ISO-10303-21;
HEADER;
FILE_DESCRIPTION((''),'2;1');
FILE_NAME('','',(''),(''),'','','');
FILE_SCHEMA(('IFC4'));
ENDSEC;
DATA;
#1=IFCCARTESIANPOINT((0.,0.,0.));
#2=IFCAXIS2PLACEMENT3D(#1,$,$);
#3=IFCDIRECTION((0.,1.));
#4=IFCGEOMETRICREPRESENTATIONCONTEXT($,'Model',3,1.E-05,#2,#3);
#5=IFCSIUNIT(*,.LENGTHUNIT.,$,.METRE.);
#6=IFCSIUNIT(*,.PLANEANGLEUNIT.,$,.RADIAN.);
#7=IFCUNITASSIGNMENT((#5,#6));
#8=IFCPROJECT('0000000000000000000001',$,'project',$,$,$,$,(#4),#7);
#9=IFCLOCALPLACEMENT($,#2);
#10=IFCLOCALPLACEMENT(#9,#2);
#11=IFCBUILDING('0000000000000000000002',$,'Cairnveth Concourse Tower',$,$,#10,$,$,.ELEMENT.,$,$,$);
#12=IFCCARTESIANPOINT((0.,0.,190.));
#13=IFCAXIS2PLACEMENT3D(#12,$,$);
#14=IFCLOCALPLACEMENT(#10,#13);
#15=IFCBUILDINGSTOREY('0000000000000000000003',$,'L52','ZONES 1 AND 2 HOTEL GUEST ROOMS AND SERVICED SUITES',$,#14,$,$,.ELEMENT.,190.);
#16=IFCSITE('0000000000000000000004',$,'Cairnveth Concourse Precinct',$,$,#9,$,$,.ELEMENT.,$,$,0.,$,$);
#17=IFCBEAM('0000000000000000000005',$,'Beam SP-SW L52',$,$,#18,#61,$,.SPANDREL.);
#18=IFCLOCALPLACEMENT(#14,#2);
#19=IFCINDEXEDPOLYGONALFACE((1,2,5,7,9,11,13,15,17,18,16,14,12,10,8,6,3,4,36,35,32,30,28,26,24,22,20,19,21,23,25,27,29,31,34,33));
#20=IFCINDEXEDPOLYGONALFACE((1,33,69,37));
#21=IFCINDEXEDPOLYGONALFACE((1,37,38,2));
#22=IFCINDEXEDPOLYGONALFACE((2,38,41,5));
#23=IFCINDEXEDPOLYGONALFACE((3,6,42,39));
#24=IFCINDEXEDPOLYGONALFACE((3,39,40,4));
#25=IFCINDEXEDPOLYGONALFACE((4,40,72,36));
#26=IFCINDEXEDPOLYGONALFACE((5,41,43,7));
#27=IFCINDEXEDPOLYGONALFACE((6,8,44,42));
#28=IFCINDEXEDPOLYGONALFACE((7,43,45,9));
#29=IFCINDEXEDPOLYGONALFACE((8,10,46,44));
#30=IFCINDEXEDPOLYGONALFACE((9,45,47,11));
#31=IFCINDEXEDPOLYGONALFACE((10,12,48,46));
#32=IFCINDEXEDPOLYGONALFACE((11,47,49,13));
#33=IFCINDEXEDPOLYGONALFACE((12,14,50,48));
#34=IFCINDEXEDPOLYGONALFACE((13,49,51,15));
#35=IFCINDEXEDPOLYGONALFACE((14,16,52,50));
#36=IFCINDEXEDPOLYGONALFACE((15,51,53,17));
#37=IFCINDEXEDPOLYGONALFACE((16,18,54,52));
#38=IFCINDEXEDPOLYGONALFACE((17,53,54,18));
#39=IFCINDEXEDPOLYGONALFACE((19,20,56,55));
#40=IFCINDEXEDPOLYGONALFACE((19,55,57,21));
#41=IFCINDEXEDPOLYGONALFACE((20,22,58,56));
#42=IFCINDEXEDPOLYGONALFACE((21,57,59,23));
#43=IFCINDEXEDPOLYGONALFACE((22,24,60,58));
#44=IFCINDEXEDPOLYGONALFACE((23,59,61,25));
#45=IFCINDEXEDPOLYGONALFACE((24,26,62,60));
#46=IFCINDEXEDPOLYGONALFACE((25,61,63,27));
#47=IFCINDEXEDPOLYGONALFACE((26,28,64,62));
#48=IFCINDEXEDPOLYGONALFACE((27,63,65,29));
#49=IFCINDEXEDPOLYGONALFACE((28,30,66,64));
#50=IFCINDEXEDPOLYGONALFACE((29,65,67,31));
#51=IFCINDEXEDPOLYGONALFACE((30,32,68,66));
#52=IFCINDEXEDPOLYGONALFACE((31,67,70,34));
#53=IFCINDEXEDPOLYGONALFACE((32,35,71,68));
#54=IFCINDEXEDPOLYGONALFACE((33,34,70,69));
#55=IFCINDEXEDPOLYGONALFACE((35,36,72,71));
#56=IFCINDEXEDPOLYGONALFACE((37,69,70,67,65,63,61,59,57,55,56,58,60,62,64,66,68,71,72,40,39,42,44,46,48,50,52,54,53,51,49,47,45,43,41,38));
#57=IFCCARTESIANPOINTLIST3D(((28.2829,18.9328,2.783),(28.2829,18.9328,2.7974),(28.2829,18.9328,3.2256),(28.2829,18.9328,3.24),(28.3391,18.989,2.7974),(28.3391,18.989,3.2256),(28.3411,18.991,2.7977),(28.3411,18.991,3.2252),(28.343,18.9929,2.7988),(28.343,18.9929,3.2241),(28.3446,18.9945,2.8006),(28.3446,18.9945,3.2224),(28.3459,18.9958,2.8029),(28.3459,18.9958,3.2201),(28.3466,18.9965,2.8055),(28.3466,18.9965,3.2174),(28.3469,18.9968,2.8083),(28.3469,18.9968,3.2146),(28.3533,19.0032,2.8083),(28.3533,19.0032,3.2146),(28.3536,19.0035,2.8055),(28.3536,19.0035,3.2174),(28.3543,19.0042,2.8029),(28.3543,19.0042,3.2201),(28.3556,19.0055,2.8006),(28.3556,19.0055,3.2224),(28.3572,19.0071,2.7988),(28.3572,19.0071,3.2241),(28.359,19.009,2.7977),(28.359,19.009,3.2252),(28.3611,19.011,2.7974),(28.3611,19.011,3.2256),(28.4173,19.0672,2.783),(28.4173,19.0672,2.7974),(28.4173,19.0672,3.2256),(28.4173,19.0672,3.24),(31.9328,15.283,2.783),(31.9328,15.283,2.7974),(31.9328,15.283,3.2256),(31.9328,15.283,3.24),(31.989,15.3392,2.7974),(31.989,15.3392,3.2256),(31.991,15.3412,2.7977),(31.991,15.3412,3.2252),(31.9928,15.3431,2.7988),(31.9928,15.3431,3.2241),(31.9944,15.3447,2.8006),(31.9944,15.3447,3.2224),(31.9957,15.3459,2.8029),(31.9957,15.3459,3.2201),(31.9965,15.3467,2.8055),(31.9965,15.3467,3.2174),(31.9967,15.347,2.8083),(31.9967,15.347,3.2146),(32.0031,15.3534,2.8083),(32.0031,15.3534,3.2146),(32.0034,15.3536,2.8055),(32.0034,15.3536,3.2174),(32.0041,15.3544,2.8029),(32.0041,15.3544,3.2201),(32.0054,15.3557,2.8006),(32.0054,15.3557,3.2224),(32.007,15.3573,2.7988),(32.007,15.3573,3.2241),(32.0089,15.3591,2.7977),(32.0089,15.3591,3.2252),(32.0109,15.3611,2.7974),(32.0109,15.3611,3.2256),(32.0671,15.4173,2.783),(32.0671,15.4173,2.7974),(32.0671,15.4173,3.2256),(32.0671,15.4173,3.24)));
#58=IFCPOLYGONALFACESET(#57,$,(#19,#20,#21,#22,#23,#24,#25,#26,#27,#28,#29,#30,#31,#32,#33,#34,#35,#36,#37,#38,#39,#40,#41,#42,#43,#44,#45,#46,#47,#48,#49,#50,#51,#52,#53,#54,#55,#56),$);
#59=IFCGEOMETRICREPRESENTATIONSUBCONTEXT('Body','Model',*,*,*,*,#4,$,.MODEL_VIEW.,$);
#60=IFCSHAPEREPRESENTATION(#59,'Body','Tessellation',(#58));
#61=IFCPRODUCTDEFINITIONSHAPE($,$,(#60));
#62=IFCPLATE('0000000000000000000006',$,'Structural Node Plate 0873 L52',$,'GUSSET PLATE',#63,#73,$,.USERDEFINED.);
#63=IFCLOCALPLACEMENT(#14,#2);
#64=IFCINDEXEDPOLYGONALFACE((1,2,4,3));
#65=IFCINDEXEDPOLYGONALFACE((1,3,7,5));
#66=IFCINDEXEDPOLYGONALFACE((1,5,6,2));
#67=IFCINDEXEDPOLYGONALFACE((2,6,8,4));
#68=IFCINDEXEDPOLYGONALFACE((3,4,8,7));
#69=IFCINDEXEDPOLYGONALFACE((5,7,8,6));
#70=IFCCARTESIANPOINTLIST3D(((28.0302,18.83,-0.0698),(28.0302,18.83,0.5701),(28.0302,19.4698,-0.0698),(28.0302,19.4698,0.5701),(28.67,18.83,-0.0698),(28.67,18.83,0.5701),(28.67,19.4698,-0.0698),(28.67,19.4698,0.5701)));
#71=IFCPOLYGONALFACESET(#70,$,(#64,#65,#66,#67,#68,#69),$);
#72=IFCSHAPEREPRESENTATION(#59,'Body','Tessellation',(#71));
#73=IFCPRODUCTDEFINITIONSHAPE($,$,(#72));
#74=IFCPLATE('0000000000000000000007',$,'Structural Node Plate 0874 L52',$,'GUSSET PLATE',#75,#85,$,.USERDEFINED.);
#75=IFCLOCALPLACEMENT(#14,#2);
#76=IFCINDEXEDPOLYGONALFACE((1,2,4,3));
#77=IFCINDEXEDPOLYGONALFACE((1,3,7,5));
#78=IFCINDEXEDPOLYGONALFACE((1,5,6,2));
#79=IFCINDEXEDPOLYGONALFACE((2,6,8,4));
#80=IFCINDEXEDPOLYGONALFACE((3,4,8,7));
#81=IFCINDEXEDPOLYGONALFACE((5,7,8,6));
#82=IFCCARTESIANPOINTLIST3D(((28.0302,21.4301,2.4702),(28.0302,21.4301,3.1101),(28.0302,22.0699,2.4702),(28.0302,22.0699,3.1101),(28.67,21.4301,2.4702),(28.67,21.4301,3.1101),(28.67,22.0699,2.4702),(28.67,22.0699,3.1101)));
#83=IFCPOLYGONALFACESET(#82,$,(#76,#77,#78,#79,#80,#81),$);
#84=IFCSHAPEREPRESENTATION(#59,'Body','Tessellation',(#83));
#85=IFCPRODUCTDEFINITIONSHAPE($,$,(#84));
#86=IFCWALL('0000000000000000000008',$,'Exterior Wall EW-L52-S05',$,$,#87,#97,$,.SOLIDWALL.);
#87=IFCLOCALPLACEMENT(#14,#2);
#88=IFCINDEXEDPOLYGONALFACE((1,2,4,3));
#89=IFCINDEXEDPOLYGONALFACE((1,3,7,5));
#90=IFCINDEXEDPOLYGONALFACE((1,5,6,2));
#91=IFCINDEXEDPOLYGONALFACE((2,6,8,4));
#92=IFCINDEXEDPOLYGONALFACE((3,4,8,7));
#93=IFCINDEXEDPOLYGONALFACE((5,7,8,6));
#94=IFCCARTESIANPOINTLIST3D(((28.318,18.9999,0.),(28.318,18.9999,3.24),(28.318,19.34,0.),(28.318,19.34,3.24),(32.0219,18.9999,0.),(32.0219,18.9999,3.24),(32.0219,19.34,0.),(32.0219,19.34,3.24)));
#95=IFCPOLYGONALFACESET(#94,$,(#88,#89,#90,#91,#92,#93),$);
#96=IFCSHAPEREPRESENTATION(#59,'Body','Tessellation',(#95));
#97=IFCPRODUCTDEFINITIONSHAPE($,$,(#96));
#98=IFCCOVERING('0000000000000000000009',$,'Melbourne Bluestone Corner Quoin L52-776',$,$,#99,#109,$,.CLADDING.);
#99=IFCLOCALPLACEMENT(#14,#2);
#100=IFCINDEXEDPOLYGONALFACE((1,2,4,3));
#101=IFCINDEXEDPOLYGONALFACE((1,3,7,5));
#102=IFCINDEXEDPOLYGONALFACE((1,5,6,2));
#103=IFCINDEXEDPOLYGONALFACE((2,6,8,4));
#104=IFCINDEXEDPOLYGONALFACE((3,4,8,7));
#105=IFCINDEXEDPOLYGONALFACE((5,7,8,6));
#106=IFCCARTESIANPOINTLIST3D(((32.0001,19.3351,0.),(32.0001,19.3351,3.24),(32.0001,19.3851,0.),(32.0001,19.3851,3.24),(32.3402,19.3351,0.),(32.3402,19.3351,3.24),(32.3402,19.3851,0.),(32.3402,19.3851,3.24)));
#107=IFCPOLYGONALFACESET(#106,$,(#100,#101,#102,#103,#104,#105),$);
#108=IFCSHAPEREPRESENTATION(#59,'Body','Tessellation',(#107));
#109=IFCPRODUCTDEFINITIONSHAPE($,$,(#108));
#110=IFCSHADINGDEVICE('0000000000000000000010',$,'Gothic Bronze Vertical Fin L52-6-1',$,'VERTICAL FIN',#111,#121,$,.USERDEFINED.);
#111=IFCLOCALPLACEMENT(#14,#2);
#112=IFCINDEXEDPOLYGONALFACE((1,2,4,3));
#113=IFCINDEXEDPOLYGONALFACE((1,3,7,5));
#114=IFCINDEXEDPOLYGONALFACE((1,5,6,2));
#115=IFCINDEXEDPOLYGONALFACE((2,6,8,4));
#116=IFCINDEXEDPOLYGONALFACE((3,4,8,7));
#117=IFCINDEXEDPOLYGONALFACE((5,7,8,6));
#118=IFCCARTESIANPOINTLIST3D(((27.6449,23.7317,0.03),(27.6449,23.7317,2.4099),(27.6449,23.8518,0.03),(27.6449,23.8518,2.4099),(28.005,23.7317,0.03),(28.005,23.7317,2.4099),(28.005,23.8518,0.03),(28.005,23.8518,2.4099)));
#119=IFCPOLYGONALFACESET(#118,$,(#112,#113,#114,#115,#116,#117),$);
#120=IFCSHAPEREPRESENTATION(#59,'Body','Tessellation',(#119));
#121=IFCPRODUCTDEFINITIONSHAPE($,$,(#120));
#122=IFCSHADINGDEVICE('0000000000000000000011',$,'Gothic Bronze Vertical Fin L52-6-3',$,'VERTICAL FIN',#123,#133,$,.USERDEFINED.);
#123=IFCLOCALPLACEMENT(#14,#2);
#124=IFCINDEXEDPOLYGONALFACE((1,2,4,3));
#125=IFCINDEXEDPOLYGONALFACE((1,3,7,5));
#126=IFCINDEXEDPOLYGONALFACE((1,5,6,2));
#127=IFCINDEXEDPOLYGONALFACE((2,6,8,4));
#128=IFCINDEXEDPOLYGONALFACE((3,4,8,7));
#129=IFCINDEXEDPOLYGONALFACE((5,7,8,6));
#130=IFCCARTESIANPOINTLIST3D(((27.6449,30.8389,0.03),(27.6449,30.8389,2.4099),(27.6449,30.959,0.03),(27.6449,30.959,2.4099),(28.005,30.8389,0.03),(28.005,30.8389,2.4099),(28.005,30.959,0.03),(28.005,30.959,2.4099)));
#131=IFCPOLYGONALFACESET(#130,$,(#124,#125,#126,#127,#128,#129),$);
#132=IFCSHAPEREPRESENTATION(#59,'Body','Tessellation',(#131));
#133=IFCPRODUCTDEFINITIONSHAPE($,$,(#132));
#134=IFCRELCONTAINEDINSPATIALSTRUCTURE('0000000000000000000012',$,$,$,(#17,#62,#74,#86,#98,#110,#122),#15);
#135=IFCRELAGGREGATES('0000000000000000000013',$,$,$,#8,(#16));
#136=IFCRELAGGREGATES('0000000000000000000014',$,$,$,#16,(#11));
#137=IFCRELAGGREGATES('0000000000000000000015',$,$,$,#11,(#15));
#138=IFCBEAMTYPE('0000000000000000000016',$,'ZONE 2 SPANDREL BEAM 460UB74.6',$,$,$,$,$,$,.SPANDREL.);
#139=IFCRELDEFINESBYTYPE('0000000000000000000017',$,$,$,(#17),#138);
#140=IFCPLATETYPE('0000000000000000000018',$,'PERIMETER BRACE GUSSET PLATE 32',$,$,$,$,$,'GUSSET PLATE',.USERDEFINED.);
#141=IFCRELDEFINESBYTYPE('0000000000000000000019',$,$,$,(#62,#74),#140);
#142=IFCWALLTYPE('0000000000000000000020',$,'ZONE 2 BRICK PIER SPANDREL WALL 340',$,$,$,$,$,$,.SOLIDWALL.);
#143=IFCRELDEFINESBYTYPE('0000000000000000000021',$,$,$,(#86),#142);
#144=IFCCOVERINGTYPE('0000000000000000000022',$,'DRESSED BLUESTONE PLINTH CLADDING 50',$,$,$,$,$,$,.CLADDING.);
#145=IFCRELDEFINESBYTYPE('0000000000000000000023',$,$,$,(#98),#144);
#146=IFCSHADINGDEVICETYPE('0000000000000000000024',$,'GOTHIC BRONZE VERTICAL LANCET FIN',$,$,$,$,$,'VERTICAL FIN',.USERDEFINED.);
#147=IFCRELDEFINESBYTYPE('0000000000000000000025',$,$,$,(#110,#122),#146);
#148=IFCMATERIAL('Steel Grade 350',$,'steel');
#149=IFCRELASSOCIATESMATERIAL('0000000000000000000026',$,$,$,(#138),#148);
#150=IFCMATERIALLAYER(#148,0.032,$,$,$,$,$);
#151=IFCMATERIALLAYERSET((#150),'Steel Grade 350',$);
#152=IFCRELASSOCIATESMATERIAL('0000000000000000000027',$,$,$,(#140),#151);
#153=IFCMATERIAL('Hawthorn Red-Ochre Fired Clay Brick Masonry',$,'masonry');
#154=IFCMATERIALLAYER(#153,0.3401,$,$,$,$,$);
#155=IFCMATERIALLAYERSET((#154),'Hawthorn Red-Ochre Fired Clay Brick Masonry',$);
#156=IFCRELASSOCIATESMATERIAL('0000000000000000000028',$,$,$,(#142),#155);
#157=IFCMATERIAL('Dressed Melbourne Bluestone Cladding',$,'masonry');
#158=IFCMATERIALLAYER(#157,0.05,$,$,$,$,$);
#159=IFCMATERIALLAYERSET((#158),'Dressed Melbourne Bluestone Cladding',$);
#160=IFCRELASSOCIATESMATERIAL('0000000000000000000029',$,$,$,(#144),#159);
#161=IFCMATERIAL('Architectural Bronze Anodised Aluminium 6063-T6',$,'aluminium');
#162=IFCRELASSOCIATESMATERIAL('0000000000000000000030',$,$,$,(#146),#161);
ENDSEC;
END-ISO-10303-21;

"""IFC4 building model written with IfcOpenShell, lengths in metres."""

from ifc_helpers import new_model, si_unit, direction, frame, frame_2d, origin, origin_2d, place, context, subcontext, project, spatial, rectangle, i_section, extrude, material, layer, layer_set, material_profile, profile_set, type_object, element, save


model = new_model("IFC4")

# Units and contexts
model_context = context("Model", 3, precision=1e-05, world=origin(), true_north=direction((0.0, 1.0)))
body_context = subcontext(model_context, "Body", "Model", "MODEL_VIEW")
ifc_project = project(units=[si_unit("LENGTHUNIT", "METRE"), si_unit("PLANEANGLEUNIT", "RADIAN")], contexts=[model_context])

# Site, building, storey
site_placement = place(None, origin())
site = spatial("IfcSite", under=ifc_project, at=site_placement, Name="Cairnveth Concourse Precinct", CompositionType="ELEMENT", RefElevation=0.0)
building_placement = place(site_placement, origin())
building = spatial("IfcBuilding", under=site, at=building_placement, Name="Cairnveth Concourse Tower", CompositionType="ELEMENT")
storey_placement = place(building_placement, frame((0.0, 0.0, 190.0)))
storey = spatial("IfcBuildingStorey", under=building, at=storey_placement, Name="L52", Description="ZONES 1 AND 2 HOTEL GUEST ROOMS AND SERVICED SUITES", CompositionType="ELEMENT", Elevation=190.0)

# Shared definitions
ifc_material_1 = material(Name="Steel Grade 350", Category="steel")

# Beam
ifc_material_profile_1 = material_profile(ifc_material_1, i_section(OverallWidth=0.1899, OverallDepth=0.457, WebThickness=0.009, FlangeThickness=0.0144, FilletRadius=0.011, at=origin_2d()), Name="460UB74.6")
ifc_profile_set_1 = profile_set([ifc_material_profile_1], Name="Steel Grade 350")
beam_type_1 = type_object("IfcBeamType", Name="ZONE 2 SPANDREL BEAM 460UB74.6", PredefinedType="SPANDREL", material=ifc_profile_set_1)
beam_1_placement = place(storey_placement, frame((28.3501, 19.0, 3.0115), z_axis=(0.707107, -0.707107, 0.0), x_axis=(0.707107, 0.707107, 0.0)))
element("IfcBeam", 1, at=beam_1_placement, inside=storey, type_object=beam_type_1, Name="Beam SP-SW L52", PredefinedType="SPANDREL", context=body_context, shape_type="SweptSolid", body=[
    extrude(i_section(OverallWidth=0.1899, OverallDepth=0.457, WebThickness=0.009, FlangeThickness=0.0144, FilletRadius=0.011, at=origin_2d()), origin(), (0.0, 0.0, 1.0), 5.1616),
])

# Plates
ifc_layer_1 = layer(ifc_material_1, 0.032)
ifc_layer_set_1 = layer_set([ifc_layer_1], Name="Steel Grade 350")
plate_type = type_object("IfcPlateType", Name="PERIMETER BRACE GUSSET PLATE 32", ElementType="GUSSET PLATE", PredefinedType="USERDEFINED", material=ifc_layer_set_1)
for number, where, z_axis, x_axis, name in (
    (2, (28.3501, 19.1499, -0.0698), (0.0, 0.0, 1.0), (1.0, 0.0, 0.0), "Structural Node Plate 0873 L52"),
    (3, (28.3501, 21.75, 2.4702), (0.0, 0.0, 1.0), (1.0, 0.0, 0.0), "Structural Node Plate 0874 L52"),
):
    element("IfcPlate", number, at=place(storey_placement, frame(where, z_axis=z_axis, x_axis=x_axis)), inside=storey, type_object=plate_type, Name=name, ObjectType="GUSSET PLATE", PredefinedType="USERDEFINED", context=body_context, shape_type="SweptSolid", body=[
        extrude(rectangle(XDim=0.6399, YDim=0.6399, at=origin_2d()), origin(), (0.0, 0.0, 1.0), 0.6399),
    ])

# Wall
ifc_material_2 = material(Name="Hawthorn Red-Ochre Fired Clay Brick Masonry", Category="masonry")
ifc_layer_2 = layer(ifc_material_2, 0.3401)
ifc_layer_set_2 = layer_set([ifc_layer_2], Name="Hawthorn Red-Ochre Fired Clay Brick Masonry")
wall_type = type_object("IfcWallType", Name="ZONE 2 BRICK PIER SPANDREL WALL 340", PredefinedType="SOLIDWALL", material=ifc_layer_set_2)
wall_placement = place(storey_placement, frame((32.022, 19.1699, 0.0), z_axis=(0.0, 0.0, 1.0), x_axis=(-1.0, 0.0, 0.0)))
element("IfcWall", 4, at=wall_placement, inside=storey, type_object=wall_type, Name="Exterior Wall EW-L52-S05", PredefinedType="SOLIDWALL", context=body_context, shape_type="SweptSolid", body=[
    extrude(rectangle(XDim=3.7039, YDim=0.3401, at=frame_2d((1.8521, 0.0))), origin(), (0.0, 0.0, 1.0), 3.24),
])

# Covering
ifc_material_3 = material(Name="Dressed Melbourne Bluestone Cladding", Category="masonry")
ifc_layer_3 = layer(ifc_material_3, 0.05)
ifc_layer_set_3 = layer_set([ifc_layer_3], Name="Dressed Melbourne Bluestone Cladding")
covering_type = type_object("IfcCoveringType", Name="DRESSED BLUESTONE PLINTH CLADDING 50", PredefinedType="CLADDING", material=ifc_layer_set_3)
covering_placement = place(storey_placement, frame((32.3401, 19.3601, 0.0), z_axis=(0.0, 0.0, 1.0), x_axis=(-1.0, 0.0, 0.0)))
element("IfcCovering", 5, at=covering_placement, inside=storey, type_object=covering_type, Name="Melbourne Bluestone Corner Quoin L52-776", PredefinedType="CLADDING", context=body_context, shape_type="SweptSolid", body=[
    extrude(rectangle(XDim=0.3401, YDim=0.05, at=frame_2d((0.1699, 0.0))), origin(), (0.0, 0.0, 1.0), 3.24),
])

# Shading devices
ifc_material_4 = material(Name="Architectural Bronze Anodised Aluminium 6063-T6", Category="aluminium")
shading_device_type = type_object("IfcShadingDeviceType", Name="GOTHIC BRONZE VERTICAL LANCET FIN", ElementType="VERTICAL FIN", PredefinedType="USERDEFINED", material=ifc_material_4)
for number, where, z_axis, x_axis, name in (
    (6, (27.825, 23.7917, 0.03), (0.0, 0.0, 1.0), (0.0, 1.0, 0.0), "Gothic Bronze Vertical Fin L52-6-1"),
    (7, (27.825, 30.8989, 0.03), (0.0, 0.0, 1.0), (0.0, 1.0, 0.0), "Gothic Bronze Vertical Fin L52-6-3"),
):
    element("IfcShadingDevice", number, at=place(storey_placement, frame(where, z_axis=z_axis, x_axis=x_axis)), inside=storey, type_object=shading_device_type, Name=name, ObjectType="VERTICAL FIN", PredefinedType="USERDEFINED", context=body_context, shape_type="SweptSolid", body=[
        extrude(rectangle(XDim=0.1201, YDim=0.3601, at=origin_2d()), origin(), (0.0, 0.0, 1.0), 2.3799),
    ])

save(model, "model.ifc")
